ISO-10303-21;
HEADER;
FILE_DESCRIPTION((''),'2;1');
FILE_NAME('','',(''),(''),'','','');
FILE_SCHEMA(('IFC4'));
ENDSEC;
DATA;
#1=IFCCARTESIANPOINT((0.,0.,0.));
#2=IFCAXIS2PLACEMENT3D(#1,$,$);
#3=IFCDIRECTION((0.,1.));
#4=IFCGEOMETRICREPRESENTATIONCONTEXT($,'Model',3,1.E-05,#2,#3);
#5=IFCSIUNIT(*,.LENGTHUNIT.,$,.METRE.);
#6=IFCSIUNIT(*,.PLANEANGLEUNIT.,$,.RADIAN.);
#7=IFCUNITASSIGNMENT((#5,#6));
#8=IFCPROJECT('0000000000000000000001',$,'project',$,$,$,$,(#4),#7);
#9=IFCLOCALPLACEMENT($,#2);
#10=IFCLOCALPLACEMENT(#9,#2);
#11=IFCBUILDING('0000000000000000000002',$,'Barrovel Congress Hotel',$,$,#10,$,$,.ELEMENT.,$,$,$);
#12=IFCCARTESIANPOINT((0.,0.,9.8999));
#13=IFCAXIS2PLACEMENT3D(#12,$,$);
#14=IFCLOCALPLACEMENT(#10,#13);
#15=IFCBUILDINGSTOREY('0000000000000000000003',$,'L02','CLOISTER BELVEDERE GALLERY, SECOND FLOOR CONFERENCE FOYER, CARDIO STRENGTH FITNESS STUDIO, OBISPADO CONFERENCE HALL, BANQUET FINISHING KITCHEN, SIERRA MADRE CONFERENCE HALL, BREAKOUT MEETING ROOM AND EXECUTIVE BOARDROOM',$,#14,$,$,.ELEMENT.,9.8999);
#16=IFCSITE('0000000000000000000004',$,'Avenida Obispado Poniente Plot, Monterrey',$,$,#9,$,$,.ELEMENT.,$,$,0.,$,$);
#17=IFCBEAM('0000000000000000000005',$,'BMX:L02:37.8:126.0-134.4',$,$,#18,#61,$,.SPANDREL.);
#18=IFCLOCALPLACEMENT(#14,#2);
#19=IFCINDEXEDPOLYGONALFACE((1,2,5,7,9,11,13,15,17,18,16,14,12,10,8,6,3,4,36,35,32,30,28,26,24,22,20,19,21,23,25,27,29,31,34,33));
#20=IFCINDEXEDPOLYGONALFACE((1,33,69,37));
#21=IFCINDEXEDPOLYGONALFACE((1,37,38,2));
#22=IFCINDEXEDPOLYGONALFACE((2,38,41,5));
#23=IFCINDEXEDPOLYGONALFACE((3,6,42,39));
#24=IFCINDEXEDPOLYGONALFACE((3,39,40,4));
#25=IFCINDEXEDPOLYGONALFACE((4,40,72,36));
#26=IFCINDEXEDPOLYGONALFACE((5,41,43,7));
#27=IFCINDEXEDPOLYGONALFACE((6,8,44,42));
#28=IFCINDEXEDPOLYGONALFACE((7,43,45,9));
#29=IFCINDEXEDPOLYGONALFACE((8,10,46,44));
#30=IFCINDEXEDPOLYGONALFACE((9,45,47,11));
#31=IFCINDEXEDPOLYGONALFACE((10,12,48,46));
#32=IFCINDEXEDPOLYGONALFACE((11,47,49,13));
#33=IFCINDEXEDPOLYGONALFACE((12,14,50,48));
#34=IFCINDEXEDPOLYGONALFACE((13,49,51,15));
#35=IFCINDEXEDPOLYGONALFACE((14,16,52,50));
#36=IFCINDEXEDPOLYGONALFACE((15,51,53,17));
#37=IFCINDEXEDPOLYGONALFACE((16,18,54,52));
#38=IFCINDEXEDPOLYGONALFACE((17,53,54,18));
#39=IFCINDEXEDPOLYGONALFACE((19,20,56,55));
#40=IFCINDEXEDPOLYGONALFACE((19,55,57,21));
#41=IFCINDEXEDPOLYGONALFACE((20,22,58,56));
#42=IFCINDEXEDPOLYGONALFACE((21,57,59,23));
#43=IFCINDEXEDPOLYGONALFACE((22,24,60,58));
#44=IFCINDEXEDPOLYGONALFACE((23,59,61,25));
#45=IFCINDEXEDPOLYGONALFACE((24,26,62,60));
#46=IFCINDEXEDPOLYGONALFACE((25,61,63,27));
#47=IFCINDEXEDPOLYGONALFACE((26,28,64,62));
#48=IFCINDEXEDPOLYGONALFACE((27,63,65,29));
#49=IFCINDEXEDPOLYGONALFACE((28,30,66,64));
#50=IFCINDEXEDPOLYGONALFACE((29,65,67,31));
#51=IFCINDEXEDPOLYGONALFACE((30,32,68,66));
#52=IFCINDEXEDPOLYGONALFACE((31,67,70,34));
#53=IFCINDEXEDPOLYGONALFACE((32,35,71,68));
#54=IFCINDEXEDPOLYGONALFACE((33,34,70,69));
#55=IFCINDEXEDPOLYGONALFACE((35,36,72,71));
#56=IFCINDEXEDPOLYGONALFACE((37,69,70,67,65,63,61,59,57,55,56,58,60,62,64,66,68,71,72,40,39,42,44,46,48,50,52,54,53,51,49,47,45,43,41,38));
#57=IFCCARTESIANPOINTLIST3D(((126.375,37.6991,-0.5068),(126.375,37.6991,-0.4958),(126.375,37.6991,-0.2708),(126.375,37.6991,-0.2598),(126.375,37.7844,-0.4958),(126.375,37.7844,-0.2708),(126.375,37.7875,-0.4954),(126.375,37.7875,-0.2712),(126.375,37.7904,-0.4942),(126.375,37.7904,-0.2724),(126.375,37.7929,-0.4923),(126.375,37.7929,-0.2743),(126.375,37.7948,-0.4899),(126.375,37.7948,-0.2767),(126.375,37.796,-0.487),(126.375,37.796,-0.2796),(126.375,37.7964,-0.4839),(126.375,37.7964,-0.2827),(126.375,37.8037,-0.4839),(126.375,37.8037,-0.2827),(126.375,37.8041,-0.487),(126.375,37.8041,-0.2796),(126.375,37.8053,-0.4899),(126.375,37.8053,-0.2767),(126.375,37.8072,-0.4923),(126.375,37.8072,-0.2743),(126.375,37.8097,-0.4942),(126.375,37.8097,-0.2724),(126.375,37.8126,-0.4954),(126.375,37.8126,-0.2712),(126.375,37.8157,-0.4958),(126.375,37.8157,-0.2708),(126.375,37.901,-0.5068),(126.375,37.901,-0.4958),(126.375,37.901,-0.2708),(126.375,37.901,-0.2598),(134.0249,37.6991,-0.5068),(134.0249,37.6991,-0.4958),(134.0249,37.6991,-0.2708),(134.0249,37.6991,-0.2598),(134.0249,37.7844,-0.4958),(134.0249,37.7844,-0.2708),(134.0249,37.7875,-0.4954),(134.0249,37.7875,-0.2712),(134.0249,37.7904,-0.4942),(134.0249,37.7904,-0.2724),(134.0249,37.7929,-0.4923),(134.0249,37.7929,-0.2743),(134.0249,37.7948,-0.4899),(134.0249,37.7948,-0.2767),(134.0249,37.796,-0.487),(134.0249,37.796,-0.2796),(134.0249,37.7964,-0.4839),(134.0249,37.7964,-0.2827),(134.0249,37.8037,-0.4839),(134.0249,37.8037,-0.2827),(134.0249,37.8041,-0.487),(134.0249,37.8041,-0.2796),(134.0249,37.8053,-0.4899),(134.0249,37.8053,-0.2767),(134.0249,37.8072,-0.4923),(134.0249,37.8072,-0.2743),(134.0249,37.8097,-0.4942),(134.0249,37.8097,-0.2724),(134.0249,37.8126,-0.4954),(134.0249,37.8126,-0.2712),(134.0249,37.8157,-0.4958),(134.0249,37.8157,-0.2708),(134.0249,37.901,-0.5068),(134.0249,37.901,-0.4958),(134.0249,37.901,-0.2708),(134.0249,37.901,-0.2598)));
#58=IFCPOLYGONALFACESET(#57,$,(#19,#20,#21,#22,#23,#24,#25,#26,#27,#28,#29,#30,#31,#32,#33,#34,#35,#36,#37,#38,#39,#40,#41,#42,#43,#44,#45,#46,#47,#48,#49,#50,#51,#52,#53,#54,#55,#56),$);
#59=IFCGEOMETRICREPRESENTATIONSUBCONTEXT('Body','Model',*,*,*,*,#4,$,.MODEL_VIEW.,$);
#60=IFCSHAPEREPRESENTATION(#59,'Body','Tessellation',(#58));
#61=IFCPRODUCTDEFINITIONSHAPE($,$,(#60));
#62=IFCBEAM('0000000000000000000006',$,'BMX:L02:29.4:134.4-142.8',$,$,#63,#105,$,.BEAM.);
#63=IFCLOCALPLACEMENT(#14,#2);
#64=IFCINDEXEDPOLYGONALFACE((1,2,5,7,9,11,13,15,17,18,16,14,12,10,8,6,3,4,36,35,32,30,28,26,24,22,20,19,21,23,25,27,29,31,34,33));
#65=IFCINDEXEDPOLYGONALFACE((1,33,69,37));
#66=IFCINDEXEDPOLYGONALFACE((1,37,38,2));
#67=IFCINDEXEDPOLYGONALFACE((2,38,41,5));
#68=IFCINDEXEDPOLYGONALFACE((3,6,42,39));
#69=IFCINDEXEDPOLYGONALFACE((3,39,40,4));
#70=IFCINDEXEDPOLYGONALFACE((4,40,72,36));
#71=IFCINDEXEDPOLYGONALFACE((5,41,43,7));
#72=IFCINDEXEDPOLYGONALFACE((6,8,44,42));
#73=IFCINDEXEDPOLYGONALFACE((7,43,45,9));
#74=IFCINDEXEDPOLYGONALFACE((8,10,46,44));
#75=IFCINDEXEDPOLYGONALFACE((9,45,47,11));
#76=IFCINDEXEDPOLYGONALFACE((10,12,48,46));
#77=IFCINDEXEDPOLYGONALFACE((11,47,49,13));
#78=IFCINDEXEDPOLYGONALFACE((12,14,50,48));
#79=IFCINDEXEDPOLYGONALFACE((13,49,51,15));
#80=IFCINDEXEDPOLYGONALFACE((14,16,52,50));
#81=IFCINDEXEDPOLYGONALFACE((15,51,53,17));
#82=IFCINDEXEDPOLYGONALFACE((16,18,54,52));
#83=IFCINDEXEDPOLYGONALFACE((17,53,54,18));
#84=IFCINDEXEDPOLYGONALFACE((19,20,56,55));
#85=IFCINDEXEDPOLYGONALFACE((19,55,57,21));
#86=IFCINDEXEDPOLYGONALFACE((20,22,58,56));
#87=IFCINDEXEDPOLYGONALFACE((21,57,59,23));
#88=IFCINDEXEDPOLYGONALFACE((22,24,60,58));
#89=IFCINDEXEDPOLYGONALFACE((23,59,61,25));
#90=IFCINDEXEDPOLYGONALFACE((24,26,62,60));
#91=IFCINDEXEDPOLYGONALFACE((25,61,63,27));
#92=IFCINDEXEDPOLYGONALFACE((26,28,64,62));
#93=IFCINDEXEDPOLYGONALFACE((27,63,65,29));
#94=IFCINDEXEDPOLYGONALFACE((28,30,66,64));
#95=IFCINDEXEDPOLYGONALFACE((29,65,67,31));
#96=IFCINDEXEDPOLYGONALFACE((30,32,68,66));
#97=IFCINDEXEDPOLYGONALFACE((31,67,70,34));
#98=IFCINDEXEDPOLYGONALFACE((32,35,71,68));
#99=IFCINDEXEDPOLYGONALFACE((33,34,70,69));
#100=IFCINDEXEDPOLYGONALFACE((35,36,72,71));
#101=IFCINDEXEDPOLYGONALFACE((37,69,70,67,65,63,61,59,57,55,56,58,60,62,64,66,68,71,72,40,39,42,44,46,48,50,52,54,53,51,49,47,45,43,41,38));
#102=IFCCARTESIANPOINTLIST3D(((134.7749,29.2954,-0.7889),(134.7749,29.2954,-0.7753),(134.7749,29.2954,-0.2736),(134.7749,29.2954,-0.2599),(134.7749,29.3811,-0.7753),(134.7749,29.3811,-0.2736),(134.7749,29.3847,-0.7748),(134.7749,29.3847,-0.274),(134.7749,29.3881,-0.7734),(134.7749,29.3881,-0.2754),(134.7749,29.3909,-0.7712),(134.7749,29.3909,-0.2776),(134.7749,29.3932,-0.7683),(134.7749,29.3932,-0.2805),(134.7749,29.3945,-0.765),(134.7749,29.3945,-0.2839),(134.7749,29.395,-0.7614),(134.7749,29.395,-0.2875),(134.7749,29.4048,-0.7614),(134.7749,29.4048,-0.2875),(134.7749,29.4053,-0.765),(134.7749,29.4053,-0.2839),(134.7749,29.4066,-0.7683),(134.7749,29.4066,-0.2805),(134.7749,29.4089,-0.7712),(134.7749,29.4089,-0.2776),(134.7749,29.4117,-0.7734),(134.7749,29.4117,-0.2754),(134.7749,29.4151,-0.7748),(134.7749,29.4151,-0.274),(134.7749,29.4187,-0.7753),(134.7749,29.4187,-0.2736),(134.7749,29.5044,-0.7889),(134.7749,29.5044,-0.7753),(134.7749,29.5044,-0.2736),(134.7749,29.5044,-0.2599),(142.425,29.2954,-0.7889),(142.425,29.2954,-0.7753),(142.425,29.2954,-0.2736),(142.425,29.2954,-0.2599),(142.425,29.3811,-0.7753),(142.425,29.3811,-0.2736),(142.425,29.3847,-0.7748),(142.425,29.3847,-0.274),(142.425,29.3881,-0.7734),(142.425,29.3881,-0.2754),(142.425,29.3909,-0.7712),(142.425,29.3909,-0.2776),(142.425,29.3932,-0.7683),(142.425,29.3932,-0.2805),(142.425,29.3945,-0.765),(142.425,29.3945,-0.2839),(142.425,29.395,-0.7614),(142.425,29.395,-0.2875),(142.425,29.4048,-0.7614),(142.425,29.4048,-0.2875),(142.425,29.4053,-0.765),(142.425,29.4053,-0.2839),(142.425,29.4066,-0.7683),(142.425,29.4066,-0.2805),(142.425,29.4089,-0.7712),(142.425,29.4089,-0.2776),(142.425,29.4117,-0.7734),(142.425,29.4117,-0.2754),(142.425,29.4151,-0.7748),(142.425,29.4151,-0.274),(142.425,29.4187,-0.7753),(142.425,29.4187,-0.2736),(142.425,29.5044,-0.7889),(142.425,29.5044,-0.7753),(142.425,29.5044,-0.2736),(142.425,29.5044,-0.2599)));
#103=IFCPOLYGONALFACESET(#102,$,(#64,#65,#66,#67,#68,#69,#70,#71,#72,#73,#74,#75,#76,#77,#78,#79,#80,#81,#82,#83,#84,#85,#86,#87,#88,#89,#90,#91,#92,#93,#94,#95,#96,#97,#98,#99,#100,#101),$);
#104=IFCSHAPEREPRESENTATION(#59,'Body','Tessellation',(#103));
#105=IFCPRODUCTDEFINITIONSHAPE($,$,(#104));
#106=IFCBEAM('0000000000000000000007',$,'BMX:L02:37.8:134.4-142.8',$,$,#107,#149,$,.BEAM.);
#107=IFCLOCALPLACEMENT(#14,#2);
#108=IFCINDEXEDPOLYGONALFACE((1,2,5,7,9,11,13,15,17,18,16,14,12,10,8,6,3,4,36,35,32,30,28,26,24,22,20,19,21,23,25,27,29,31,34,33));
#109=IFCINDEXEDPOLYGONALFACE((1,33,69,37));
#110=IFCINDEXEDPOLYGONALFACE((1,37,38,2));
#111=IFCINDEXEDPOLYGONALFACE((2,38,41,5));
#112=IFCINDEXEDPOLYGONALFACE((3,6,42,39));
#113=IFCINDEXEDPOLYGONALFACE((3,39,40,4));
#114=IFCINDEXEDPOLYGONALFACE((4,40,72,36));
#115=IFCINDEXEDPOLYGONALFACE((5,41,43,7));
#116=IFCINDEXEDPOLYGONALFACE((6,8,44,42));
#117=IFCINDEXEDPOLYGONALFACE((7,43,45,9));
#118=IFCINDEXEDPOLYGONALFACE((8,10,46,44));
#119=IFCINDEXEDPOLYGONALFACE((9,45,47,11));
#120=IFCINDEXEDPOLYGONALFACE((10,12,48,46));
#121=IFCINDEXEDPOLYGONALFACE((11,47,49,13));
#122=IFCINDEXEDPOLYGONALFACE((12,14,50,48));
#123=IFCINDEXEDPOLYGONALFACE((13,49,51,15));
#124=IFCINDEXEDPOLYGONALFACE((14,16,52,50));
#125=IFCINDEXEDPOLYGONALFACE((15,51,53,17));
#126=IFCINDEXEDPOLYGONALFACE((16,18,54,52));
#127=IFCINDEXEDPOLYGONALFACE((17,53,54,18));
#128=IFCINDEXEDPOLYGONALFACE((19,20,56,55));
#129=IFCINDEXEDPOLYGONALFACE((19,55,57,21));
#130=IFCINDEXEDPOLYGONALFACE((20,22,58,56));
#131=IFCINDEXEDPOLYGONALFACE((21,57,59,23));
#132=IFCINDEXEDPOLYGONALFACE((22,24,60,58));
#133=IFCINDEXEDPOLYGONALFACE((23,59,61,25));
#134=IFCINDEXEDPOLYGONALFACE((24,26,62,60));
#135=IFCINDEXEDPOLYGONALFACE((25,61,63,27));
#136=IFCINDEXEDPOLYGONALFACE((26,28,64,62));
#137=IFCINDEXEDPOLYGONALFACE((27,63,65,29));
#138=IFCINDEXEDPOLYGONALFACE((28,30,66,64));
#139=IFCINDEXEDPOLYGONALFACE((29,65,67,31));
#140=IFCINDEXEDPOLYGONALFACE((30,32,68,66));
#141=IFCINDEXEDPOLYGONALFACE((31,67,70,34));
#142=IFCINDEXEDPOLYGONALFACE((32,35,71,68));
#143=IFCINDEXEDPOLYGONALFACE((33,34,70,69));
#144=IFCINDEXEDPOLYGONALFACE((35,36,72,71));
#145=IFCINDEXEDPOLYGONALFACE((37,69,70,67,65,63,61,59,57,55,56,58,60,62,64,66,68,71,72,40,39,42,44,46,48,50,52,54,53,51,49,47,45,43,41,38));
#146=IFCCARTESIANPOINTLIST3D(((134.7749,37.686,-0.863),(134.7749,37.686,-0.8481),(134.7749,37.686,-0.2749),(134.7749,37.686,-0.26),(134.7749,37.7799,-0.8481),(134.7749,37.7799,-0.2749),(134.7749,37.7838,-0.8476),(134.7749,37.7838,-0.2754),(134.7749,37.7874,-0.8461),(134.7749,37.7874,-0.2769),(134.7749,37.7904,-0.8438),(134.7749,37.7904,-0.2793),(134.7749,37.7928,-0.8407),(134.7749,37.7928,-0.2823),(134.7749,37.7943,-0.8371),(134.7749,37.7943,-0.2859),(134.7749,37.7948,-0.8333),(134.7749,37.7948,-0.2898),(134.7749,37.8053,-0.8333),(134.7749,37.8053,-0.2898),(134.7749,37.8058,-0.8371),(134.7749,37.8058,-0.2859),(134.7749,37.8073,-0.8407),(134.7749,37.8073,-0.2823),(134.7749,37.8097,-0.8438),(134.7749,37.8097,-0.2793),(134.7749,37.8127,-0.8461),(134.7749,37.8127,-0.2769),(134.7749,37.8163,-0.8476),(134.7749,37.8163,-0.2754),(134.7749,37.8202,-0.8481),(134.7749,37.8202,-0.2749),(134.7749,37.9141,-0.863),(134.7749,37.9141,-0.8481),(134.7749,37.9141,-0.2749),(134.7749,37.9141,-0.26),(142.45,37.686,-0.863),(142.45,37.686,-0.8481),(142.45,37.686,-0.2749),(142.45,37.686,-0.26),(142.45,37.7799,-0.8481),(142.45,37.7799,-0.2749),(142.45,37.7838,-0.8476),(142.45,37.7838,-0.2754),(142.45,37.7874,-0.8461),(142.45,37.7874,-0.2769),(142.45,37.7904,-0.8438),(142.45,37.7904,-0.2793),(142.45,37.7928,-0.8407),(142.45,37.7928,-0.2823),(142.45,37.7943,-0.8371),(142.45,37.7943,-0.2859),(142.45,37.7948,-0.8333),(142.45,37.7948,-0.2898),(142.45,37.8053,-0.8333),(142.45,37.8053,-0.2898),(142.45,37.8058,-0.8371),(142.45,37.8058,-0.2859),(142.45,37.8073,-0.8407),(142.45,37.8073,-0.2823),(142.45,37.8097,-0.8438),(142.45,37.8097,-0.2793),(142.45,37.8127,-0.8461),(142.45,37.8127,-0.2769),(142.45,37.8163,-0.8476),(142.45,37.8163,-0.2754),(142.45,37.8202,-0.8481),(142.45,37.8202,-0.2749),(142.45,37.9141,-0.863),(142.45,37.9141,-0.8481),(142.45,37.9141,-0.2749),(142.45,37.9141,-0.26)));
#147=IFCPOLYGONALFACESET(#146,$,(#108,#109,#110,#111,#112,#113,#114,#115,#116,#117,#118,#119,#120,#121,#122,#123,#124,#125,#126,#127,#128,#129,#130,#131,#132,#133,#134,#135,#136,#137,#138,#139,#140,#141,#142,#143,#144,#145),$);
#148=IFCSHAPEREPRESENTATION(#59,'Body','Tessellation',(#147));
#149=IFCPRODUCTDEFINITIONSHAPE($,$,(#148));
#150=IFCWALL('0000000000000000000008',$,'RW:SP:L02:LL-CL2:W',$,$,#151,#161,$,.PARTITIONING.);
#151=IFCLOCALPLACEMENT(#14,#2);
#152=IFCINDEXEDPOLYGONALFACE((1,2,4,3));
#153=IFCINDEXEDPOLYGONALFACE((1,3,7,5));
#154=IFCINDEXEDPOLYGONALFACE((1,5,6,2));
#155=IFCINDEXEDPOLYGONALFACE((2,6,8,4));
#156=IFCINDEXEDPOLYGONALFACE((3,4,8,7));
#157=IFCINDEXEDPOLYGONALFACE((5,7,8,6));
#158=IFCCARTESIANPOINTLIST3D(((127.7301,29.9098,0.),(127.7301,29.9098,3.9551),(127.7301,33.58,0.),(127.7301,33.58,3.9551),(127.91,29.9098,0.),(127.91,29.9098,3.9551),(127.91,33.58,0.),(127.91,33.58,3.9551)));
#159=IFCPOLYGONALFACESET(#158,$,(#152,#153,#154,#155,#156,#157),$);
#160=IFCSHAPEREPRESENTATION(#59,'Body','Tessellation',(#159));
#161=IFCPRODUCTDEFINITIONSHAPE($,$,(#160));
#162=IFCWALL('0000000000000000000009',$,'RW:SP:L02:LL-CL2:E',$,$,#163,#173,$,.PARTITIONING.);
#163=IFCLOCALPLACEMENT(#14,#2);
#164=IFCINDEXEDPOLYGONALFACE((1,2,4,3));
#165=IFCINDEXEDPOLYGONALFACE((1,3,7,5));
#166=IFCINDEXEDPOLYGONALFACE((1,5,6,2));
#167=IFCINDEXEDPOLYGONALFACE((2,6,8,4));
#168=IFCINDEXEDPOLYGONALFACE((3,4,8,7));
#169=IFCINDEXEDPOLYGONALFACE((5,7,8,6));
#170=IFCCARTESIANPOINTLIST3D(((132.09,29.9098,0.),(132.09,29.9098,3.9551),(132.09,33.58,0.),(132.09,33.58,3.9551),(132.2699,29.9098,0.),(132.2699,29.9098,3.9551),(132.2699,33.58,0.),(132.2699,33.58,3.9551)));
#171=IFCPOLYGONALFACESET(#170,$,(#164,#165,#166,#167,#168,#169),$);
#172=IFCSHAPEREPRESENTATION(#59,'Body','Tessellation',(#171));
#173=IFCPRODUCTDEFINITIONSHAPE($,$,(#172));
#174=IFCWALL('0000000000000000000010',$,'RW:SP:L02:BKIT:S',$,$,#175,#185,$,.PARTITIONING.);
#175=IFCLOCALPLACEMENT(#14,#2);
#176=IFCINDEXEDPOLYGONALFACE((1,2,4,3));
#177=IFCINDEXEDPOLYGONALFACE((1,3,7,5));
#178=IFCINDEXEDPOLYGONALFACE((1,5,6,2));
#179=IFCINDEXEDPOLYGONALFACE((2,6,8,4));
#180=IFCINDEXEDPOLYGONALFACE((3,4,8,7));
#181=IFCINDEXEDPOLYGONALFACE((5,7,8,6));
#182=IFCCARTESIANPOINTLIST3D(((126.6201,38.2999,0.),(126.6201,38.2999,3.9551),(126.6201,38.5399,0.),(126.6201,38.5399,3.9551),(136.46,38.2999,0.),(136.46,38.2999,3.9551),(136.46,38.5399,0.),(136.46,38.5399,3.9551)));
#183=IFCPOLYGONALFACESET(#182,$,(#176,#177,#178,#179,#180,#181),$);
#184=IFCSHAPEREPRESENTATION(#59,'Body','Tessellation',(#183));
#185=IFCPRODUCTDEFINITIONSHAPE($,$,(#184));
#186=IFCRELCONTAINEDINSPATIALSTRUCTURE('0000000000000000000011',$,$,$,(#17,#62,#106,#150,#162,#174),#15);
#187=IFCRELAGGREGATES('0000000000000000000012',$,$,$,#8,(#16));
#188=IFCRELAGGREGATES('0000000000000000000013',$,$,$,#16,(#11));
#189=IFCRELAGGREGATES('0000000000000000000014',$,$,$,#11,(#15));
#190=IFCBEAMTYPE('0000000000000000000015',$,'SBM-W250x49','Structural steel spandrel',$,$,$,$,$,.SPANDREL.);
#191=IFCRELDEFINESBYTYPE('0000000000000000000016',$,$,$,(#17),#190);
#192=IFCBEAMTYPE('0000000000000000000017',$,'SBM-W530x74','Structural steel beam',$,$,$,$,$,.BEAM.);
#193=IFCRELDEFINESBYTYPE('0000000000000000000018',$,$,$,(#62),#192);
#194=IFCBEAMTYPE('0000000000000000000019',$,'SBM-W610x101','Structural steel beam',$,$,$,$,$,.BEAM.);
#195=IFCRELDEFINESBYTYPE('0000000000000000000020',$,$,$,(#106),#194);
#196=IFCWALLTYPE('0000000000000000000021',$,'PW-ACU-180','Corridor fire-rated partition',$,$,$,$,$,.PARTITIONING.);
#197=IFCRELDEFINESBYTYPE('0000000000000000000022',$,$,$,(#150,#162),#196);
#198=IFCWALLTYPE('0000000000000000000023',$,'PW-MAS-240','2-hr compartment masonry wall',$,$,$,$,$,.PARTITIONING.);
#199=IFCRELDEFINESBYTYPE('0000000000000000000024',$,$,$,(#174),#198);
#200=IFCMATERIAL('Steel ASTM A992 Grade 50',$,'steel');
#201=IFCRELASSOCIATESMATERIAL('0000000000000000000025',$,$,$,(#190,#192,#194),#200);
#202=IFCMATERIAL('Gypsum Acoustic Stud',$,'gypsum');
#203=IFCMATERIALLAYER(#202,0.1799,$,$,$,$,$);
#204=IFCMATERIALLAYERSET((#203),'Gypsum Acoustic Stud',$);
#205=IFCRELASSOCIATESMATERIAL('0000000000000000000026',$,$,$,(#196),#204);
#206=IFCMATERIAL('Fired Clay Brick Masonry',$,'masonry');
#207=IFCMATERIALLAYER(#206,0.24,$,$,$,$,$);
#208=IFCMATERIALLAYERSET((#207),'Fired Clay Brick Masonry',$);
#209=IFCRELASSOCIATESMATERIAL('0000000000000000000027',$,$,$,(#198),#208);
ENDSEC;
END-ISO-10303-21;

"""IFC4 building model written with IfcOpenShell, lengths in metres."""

from ifc_helpers import new_model, si_unit, direction, frame, frame_2d, origin, origin_2d, place, context, subcontext, project, spatial, rectangle, i_section, extrude, material, layer, layer_set, material_profile, profile_set, type_object, element, save


model = new_model("IFC4")

# Units and contexts
model_context = context("Model", 3, precision=1e-05, world=origin(), true_north=direction((0.0, 1.0)))
body_context = subcontext(model_context, "Body", "Model", "MODEL_VIEW")
ifc_project = project(units=[si_unit("LENGTHUNIT", "METRE"), si_unit("PLANEANGLEUNIT", "RADIAN")], contexts=[model_context])

# Site, building, storey
site_placement = place(None, origin())
site = spatial("IfcSite", under=ifc_project, at=site_placement, Name="Avenida Obispado Poniente Plot, Monterrey", CompositionType="ELEMENT", RefElevation=0.0)
building_placement = place(site_placement, origin())
building = spatial("IfcBuilding", under=site, at=building_placement, Name="Barrovel Congress Hotel", CompositionType="ELEMENT")
storey_placement = place(building_placement, frame((0.0, 0.0, 9.8999)))
storey = spatial("IfcBuildingStorey", under=building, at=storey_placement, Name="L02", Description="CLOISTER BELVEDERE GALLERY, SECOND FLOOR CONFERENCE FOYER, CARDIO STRENGTH FITNESS STUDIO, OBISPADO CONFERENCE HALL, BANQUET FINISHING KITCHEN, SIERRA MADRE CONFERENCE HALL, BREAKOUT MEETING ROOM AND EXECUTIVE BOARDROOM", CompositionType="ELEMENT", Elevation=9.8999)

# Beams
ifc_material_1 = material(Name="Steel ASTM A992 Grade 50", Category="steel")
ifc_material_profile_1 = material_profile(ifc_material_1, i_section(OverallWidth=0.2019, OverallDepth=0.2471, WebThickness=0.0073, FlangeThickness=0.011, FilletRadius=0.012, at=origin_2d()), Name="W250x49")
ifc_profile_set_1 = profile_set([ifc_material_profile_1], Name="Steel ASTM A992 Grade 50")
beam_type_1 = type_object("IfcBeamType", Name="SBM-W250x49", Description="Structural steel spandrel", PredefinedType="SPANDREL", material=ifc_profile_set_1)
beam_1_placement = place(storey_placement, frame((126.375, 37.8, -0.3833), z_axis=(1.0, 0.0, 0.0), x_axis=(0.0, 1.0, 0.0)))
element("IfcBeam", 1, at=beam_1_placement, inside=storey, type_object=beam_type_1, Name="BMX:L02:37.8:126.0-134.4", PredefinedType="SPANDREL", context=body_context, shape_type="SweptSolid", body=[
    extrude(i_section(OverallWidth=0.2019, OverallDepth=0.2471, WebThickness=0.0073, FlangeThickness=0.011, FilletRadius=0.012, at=origin_2d()), origin(), (0.0, 0.0, 1.0), 7.6499),
])
ifc_material_profile_2 = material_profile(ifc_material_1, i_section(OverallWidth=0.209, OverallDepth=0.5291, WebThickness=0.0098, FlangeThickness=0.0137, FilletRadius=0.0139, at=origin_2d()), Name="W530x74")
ifc_profile_set_2 = profile_set([ifc_material_profile_2], Name="Steel ASTM A992 Grade 50")
beam_type_2 = type_object("IfcBeamType", Name="SBM-W530x74", Description="Structural steel beam", PredefinedType="BEAM", material=ifc_profile_set_2)
beam_2_placement = place(storey_placement, frame((134.7749, 29.3999, -0.5244), z_axis=(1.0, 0.0, 0.0), x_axis=(0.0, 1.0, 0.0)))
element("IfcBeam", 2, at=beam_2_placement, inside=storey, type_object=beam_type_2, Name="BMX:L02:29.4:134.4-142.8", PredefinedType="BEAM", context=body_context, shape_type="SweptSolid", body=[
    extrude(i_section(OverallWidth=0.209, OverallDepth=0.5291, WebThickness=0.0098, FlangeThickness=0.0137, FilletRadius=0.0139, at=origin_2d()), origin(), (0.0, 0.0, 1.0), 7.6501),
])
ifc_material_profile_3 = material_profile(ifc_material_1, i_section(OverallWidth=0.228, OverallDepth=0.603, WebThickness=0.0105, FlangeThickness=0.0149, FilletRadius=0.0149, at=origin_2d()), Name="W610x101")
ifc_profile_set_3 = profile_set([ifc_material_profile_3], Name="Steel ASTM A992 Grade 50")
beam_type_3 = type_object("IfcBeamType", Name="SBM-W610x101", Description="Structural steel beam", PredefinedType="BEAM", material=ifc_profile_set_3)
beam_3_placement = place(storey_placement, frame((134.7749, 37.8, -0.5615), z_axis=(1.0, 0.0, 0.0), x_axis=(0.0, 1.0, 0.0)))
element("IfcBeam", 3, at=beam_3_placement, inside=storey, type_object=beam_type_3, Name="BMX:L02:37.8:134.4-142.8", PredefinedType="BEAM", context=body_context, shape_type="SweptSolid", body=[
    extrude(i_section(OverallWidth=0.228, OverallDepth=0.603, WebThickness=0.0105, FlangeThickness=0.0149, FilletRadius=0.0149, at=origin_2d()), origin(), (0.0, 0.0, 1.0), 7.675),
])

# Shared definitions
ifc_material_2 = material(Name="Gypsum Acoustic Stud", Category="gypsum")
ifc_layer_1 = layer(ifc_material_2, 0.1799)
ifc_layer_set_1 = layer_set([ifc_layer_1], Name="Gypsum Acoustic Stud")
wall_type_1 = type_object("IfcWallType", Name="PW-ACU-180", Description="Corridor fire-rated partition", PredefinedType="PARTITIONING", material=ifc_layer_set_1)

# Walls
for number, where, z_axis, x_axis, name in (
    (4, (127.8201, 29.9099, 0.0), (0.0, 0.0, 1.0), (0.0, 1.0, 0.0), "RW:SP:L02:LL-CL2:W"),
    (5, (132.1799, 29.9099, 0.0), (0.0, 0.0, 1.0), (0.0, 1.0, 0.0), "RW:SP:L02:LL-CL2:E"),
):
    element("IfcWall", number, at=place(storey_placement, frame(where, z_axis=z_axis, x_axis=x_axis)), inside=storey, type_object=wall_type_1, Name=name, PredefinedType="PARTITIONING", context=body_context, shape_type="SweptSolid", body=[
        extrude(rectangle(XDim=3.6702, YDim=0.1799, at=frame_2d((1.835, 0.0))), origin(), (0.0, 0.0, 1.0), 3.9551),
    ])
ifc_material_3 = material(Name="Fired Clay Brick Masonry", Category="masonry")
ifc_layer_2 = layer(ifc_material_3, 0.24)
ifc_layer_set_2 = layer_set([ifc_layer_2], Name="Fired Clay Brick Masonry")
wall_type_2 = type_object("IfcWallType", Name="PW-MAS-240", Description="2-hr compartment masonry wall", PredefinedType="PARTITIONING", material=ifc_layer_set_2)
wall_1_placement = place(storey_placement, frame((126.6201, 38.4199, 0.0), z_axis=(0.0, 0.0, 1.0), x_axis=(1.0, 0.0, 0.0)))
element("IfcWall", 6, at=wall_1_placement, inside=storey, type_object=wall_type_2, Name="RW:SP:L02:BKIT:S", PredefinedType="PARTITIONING", context=body_context, shape_type="SweptSolid", body=[
    extrude(rectangle(XDim=9.8398, YDim=0.24, at=frame_2d((4.9199, 0.0))), origin(), (0.0, 0.0, 1.0), 3.9551),
])

save(model, "model.ifc")
